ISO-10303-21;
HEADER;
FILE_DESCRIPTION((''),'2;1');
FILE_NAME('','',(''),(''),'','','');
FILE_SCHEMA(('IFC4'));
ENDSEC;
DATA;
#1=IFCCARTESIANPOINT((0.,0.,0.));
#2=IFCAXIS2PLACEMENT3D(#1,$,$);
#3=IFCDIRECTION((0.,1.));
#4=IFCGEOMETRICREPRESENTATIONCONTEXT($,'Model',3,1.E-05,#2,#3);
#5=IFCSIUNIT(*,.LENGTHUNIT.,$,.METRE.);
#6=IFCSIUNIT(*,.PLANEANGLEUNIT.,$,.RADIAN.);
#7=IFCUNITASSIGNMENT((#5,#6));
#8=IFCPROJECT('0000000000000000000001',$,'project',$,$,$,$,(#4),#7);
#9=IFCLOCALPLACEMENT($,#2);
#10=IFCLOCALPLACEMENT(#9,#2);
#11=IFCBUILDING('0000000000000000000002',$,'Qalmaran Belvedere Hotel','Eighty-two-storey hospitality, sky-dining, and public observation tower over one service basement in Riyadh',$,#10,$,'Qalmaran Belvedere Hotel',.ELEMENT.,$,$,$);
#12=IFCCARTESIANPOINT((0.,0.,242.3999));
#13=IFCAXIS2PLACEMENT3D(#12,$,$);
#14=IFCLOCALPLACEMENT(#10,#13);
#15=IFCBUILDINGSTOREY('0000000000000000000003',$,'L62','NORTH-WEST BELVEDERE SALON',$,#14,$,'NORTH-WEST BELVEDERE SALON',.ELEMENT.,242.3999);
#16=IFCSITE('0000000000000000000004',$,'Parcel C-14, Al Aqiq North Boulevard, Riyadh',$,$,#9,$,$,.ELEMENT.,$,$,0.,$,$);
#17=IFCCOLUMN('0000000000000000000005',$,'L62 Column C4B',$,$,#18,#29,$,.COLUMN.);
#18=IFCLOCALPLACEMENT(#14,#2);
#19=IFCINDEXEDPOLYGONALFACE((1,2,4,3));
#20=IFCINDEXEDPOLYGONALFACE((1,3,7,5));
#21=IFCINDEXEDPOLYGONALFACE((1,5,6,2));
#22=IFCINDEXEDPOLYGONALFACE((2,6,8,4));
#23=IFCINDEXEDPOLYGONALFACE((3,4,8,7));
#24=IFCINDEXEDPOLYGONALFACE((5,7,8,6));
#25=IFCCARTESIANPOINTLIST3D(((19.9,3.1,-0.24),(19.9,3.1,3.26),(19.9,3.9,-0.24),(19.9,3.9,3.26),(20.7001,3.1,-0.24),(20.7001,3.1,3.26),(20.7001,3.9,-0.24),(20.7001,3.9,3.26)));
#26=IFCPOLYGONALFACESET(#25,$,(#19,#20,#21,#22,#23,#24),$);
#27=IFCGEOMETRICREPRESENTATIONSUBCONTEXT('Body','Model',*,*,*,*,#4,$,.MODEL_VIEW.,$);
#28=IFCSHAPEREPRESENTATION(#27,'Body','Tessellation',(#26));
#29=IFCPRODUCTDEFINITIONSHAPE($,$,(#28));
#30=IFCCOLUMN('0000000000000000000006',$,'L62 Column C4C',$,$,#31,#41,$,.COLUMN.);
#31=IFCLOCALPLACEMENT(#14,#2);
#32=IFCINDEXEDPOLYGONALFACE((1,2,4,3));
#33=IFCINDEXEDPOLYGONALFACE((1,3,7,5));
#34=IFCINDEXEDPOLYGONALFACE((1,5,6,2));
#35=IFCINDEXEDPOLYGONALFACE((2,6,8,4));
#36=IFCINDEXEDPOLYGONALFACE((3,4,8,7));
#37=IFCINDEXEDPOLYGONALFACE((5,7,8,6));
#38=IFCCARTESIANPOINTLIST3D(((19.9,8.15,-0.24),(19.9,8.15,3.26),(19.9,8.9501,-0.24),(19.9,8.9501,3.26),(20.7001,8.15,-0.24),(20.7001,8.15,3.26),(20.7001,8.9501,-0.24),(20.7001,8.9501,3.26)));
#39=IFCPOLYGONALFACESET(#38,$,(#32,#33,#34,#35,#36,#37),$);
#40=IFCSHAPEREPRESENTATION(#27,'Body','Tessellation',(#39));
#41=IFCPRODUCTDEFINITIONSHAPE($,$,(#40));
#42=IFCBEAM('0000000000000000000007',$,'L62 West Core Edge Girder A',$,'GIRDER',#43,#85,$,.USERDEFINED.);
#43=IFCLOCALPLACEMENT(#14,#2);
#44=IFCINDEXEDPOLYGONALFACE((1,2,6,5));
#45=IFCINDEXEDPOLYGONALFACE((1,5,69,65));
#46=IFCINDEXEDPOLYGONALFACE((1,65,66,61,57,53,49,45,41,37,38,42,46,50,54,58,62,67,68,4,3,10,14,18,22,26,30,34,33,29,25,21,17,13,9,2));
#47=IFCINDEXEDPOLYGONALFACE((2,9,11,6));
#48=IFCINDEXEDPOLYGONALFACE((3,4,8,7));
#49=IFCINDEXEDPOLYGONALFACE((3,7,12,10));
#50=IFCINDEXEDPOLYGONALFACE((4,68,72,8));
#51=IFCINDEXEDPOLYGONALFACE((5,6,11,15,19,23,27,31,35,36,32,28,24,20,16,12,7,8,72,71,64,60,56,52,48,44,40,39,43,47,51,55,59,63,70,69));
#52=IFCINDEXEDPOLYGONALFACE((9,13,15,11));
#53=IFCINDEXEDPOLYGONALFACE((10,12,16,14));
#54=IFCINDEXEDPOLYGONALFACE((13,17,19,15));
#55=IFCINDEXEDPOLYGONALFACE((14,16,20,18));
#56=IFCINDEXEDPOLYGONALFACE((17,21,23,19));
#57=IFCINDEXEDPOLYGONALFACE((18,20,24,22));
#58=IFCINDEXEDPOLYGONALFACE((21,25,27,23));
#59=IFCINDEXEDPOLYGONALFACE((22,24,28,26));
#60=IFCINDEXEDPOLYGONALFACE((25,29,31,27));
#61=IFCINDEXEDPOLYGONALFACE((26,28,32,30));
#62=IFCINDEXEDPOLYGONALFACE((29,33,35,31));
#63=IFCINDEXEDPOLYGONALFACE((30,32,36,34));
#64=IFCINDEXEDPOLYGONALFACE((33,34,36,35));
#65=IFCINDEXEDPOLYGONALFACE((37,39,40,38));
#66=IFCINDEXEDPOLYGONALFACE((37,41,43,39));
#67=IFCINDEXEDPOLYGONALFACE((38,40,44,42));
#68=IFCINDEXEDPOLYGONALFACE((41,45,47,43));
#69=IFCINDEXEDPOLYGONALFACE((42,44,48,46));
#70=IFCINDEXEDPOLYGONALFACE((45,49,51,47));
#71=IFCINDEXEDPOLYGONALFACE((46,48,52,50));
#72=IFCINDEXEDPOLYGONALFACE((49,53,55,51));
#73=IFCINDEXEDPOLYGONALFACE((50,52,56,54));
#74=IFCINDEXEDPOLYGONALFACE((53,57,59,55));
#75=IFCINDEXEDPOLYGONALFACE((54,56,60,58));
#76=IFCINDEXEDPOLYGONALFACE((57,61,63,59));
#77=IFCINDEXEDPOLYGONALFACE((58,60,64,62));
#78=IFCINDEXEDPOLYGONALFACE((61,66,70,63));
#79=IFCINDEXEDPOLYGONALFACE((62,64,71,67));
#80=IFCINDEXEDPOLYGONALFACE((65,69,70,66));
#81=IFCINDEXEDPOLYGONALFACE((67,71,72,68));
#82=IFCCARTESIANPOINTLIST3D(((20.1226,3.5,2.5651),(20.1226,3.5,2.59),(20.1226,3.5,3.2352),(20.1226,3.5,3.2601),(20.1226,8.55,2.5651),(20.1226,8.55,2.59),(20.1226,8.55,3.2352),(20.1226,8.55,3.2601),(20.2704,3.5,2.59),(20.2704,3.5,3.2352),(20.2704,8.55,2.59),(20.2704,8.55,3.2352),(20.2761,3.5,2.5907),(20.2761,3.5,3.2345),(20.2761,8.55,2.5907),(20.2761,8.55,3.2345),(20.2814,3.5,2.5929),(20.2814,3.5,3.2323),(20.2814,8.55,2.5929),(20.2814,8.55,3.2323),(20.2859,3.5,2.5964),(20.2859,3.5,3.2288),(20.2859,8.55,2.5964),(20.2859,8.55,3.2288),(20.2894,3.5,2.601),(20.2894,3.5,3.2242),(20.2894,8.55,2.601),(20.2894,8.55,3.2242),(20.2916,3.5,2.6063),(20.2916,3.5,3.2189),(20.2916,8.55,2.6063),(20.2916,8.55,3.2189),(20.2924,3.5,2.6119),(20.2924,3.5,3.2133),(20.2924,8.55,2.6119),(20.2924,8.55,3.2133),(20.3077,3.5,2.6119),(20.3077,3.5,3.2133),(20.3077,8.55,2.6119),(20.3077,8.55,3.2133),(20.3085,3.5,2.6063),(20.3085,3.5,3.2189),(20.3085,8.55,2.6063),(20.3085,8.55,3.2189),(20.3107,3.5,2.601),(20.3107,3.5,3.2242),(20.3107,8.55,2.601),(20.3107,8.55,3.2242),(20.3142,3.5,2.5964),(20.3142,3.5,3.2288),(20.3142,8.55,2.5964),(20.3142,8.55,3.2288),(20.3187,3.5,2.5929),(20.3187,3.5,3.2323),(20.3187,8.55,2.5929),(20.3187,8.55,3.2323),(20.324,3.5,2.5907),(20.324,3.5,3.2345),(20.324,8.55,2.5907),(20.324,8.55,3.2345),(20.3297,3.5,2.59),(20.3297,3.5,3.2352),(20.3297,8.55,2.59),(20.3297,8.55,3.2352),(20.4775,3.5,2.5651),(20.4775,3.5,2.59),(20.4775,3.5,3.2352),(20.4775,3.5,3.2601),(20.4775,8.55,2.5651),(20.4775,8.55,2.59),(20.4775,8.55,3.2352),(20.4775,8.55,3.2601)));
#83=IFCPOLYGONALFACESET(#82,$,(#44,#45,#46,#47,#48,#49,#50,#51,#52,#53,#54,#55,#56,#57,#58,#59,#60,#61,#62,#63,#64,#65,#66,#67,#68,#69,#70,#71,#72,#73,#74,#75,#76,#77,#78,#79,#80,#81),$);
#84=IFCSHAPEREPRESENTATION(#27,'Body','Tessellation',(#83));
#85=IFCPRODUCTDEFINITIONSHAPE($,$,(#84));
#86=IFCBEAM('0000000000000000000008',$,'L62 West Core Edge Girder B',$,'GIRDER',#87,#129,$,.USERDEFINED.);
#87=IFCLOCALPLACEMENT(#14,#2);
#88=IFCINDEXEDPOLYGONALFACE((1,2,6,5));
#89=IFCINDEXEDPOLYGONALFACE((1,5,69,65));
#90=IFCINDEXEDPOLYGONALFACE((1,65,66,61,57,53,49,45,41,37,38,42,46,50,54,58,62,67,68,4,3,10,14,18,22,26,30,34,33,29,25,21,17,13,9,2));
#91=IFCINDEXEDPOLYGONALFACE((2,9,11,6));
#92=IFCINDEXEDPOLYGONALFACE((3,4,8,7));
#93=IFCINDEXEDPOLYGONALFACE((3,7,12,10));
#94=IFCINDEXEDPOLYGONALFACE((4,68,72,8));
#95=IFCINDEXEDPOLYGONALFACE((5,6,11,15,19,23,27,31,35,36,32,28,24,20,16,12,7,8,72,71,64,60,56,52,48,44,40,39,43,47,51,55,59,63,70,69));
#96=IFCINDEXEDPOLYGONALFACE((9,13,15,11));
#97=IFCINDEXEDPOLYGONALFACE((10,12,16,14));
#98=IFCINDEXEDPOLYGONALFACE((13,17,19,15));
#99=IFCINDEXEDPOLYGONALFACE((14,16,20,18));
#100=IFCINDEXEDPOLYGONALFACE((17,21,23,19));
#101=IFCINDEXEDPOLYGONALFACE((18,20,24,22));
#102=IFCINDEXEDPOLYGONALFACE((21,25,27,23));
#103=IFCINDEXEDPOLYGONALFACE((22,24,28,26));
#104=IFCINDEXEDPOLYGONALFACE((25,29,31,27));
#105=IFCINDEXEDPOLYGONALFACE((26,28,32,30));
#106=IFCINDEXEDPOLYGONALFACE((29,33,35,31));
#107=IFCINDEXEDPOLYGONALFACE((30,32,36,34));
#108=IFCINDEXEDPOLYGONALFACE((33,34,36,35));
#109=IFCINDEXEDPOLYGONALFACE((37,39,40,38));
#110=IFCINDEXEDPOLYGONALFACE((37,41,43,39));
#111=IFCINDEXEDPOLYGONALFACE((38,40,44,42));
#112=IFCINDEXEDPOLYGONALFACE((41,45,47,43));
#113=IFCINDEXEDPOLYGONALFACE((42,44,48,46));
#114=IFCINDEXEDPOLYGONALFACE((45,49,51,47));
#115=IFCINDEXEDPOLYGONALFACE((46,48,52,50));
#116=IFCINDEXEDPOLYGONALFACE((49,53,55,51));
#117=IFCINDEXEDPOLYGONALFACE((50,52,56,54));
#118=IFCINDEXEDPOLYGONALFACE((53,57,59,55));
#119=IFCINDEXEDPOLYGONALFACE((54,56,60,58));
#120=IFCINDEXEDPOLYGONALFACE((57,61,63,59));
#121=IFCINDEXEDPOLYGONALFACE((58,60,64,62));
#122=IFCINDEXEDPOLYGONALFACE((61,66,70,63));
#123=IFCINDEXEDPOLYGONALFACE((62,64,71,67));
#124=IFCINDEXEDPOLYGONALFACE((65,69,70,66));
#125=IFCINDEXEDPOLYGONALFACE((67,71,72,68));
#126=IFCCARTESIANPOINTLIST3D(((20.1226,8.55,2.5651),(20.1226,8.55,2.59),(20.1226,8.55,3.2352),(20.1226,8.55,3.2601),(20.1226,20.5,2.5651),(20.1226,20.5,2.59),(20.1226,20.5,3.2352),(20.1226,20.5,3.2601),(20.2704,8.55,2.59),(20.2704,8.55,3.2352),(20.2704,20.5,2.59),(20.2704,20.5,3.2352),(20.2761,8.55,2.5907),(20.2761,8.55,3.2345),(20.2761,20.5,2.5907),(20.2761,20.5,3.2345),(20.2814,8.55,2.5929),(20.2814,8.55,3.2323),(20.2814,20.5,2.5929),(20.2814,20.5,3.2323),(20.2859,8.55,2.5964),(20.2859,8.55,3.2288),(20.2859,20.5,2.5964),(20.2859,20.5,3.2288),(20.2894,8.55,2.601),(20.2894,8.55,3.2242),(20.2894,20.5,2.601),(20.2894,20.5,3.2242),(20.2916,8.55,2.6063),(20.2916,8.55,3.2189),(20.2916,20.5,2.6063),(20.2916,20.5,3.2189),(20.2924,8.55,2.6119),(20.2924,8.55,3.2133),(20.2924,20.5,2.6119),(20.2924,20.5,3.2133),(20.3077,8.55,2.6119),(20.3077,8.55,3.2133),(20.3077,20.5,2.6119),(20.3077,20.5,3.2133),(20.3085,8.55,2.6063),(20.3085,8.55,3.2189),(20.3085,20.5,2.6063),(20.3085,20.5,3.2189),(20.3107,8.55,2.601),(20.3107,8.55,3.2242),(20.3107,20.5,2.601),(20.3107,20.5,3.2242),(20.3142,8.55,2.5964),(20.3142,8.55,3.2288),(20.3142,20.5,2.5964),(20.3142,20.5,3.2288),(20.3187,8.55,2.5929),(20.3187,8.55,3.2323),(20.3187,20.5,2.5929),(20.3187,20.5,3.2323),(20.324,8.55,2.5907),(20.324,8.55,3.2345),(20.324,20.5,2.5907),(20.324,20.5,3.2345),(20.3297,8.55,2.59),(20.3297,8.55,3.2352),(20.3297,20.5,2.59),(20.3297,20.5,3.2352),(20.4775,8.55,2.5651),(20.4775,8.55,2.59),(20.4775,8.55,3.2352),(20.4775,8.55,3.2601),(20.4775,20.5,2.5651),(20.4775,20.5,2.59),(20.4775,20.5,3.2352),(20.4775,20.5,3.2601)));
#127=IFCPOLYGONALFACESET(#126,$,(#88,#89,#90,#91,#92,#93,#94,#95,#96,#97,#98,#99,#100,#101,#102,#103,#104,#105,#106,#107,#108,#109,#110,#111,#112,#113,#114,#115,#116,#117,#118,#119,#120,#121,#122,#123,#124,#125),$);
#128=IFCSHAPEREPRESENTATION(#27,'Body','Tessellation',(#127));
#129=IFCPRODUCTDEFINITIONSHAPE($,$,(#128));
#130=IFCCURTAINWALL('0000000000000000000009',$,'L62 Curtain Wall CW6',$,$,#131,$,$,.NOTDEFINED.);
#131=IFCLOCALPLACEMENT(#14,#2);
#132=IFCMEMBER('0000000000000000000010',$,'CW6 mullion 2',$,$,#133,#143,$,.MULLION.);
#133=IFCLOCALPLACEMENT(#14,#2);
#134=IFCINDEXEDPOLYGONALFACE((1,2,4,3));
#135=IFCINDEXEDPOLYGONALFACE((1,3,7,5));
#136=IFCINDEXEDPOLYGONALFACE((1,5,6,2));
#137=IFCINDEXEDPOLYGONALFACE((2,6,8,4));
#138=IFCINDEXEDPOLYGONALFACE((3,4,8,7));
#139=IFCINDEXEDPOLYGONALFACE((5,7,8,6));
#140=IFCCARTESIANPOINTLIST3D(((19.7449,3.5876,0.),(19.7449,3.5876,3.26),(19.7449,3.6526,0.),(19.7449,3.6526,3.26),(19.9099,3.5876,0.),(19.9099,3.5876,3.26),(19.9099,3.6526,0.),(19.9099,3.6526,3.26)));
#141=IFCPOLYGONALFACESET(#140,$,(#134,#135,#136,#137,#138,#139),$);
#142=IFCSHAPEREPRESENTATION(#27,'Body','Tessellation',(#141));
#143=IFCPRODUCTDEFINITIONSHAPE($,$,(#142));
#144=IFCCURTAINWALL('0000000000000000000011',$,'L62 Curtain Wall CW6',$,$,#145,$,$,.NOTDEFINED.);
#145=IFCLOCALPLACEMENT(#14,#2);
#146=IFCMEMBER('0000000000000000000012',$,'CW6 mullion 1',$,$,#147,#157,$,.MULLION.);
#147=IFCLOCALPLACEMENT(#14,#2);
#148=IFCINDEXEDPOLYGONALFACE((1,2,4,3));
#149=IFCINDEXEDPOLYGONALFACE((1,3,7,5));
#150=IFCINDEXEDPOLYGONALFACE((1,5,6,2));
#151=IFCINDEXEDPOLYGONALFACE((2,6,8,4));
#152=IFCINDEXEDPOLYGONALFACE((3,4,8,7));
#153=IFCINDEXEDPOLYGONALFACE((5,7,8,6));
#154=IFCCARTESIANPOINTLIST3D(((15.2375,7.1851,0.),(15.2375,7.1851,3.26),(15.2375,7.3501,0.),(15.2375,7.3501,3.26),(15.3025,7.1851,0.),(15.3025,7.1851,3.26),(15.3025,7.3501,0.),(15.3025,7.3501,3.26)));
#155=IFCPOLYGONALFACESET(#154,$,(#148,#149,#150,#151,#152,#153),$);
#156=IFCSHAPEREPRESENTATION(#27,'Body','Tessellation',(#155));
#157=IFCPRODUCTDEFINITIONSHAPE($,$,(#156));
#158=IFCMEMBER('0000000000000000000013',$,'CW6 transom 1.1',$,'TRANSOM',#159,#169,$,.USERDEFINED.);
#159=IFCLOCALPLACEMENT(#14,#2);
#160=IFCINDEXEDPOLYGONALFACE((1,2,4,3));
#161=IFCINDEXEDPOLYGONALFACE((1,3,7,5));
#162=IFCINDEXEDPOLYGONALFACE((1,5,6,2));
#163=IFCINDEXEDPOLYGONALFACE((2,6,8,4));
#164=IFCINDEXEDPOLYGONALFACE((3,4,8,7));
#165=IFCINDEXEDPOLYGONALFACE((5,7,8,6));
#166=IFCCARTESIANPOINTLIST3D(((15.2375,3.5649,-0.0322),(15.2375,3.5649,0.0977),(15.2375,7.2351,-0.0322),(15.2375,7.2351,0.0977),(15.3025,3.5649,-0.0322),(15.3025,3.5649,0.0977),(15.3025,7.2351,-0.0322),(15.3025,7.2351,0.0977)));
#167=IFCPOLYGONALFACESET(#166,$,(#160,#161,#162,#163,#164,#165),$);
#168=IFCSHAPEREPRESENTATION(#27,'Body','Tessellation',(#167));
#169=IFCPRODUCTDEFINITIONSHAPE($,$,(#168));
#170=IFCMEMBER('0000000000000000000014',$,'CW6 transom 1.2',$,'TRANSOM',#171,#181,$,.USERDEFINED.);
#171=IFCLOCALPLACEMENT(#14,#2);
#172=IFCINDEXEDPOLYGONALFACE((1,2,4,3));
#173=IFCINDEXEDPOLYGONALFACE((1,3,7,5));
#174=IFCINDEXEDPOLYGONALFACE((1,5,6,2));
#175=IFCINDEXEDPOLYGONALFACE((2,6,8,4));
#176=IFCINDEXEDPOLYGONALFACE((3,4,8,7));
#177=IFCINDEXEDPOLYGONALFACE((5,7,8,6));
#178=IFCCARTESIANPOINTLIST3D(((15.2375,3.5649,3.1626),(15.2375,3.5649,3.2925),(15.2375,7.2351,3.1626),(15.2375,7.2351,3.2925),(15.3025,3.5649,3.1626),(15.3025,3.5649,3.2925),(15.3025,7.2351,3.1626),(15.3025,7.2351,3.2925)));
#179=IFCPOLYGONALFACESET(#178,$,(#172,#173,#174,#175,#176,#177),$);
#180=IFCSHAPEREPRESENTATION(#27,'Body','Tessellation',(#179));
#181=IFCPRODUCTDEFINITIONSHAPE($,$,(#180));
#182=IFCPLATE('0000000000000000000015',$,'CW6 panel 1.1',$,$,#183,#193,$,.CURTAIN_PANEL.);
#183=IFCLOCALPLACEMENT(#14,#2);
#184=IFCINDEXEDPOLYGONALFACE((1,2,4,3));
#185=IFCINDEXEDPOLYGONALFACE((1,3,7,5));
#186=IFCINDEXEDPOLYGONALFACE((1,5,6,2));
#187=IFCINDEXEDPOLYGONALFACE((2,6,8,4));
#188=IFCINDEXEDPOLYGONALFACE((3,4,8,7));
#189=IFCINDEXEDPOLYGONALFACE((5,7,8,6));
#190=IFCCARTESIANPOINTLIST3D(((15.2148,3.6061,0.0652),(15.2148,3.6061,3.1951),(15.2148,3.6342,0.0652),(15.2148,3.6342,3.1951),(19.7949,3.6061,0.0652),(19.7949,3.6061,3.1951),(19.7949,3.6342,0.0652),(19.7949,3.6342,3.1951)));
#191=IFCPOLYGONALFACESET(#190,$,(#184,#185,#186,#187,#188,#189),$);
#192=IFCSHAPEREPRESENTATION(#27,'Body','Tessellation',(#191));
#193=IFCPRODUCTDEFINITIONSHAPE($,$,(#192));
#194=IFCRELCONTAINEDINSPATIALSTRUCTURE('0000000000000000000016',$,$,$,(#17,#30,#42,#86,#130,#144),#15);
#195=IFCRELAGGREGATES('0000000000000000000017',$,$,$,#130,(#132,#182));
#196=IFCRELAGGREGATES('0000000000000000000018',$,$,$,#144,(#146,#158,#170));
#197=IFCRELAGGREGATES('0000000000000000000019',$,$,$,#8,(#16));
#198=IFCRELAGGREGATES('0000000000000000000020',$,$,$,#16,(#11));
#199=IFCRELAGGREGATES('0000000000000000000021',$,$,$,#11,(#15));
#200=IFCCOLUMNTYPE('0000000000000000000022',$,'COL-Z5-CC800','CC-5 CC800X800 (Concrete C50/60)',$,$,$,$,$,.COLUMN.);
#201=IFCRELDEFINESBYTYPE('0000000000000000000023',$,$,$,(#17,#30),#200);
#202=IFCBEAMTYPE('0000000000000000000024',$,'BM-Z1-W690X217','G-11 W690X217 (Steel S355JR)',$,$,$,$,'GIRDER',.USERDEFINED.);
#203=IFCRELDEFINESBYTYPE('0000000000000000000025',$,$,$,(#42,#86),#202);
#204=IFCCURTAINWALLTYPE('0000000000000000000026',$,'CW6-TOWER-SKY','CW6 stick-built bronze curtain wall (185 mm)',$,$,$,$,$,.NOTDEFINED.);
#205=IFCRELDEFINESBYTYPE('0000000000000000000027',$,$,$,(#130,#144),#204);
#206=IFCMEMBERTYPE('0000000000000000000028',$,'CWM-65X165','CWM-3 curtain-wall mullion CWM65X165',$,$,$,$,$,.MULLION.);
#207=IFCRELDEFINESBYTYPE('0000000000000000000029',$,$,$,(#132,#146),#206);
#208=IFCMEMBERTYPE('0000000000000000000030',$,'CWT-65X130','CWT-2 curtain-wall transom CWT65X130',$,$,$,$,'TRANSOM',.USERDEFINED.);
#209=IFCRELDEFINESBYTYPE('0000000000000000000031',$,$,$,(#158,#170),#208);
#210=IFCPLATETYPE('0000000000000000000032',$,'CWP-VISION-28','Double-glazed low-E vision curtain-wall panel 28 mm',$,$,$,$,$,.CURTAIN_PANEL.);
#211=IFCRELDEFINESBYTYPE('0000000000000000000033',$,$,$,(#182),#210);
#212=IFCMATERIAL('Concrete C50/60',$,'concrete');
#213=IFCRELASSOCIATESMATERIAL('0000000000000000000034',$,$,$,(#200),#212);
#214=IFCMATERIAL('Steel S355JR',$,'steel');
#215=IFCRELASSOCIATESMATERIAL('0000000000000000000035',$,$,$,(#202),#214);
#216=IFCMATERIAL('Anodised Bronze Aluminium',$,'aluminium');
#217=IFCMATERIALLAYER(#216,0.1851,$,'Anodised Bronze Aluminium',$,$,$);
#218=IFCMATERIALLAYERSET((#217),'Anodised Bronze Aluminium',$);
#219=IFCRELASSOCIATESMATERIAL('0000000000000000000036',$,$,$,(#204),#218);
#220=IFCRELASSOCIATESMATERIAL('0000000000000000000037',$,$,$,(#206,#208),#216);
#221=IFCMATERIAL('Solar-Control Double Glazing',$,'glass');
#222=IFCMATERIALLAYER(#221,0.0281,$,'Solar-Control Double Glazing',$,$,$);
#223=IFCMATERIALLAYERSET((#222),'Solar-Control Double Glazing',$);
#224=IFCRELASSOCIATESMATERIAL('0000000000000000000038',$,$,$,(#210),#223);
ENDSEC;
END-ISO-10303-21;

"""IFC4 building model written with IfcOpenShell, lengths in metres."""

from ifc_helpers import new_model, si_unit, direction, frame, origin, origin_2d, place, context, subcontext, project, spatial, rectangle, i_section, extrude, material, layer, layer_set, material_profile, profile_set, type_object, element, aggregate, save


model = new_model("IFC4")

# Units and contexts
model_context = context("Model", 3, precision=1e-05, world=origin(), true_north=direction((0.0, 1.0)))
body_context = subcontext(model_context, "Body", "Model", "MODEL_VIEW")
ifc_project = project(units=[si_unit("LENGTHUNIT", "METRE"), si_unit("PLANEANGLEUNIT", "RADIAN")], contexts=[model_context])

# Site, building, storey
site_placement = place(None, origin())
site = spatial("IfcSite", under=ifc_project, at=site_placement, Name="Parcel C-14, Al Aqiq North Boulevard, Riyadh", CompositionType="ELEMENT", RefElevation=0.0)
building_placement = place(site_placement, origin())
building = spatial("IfcBuilding", under=site, at=building_placement, Name="Qalmaran Belvedere Hotel", Description="Eighty-two-storey hospitality, sky-dining, and public observation tower over one service basement in Riyadh", LongName="Qalmaran Belvedere Hotel", CompositionType="ELEMENT")
storey_placement = place(building_placement, frame((0.0, 0.0, 242.3999)))
storey = spatial("IfcBuildingStorey", under=building, at=storey_placement, Name="L62", Description="NORTH-WEST BELVEDERE SALON", LongName="NORTH-WEST BELVEDERE SALON", CompositionType="ELEMENT", Elevation=242.3999)

# Columns
ifc_material_1 = material(Name="Concrete C50/60", Category="concrete")
ifc_material_profile_1 = material_profile(ifc_material_1, rectangle(XDim=0.8, YDim=0.8, at=origin_2d()), Name="CC800X800")
ifc_profile_set_1 = profile_set([ifc_material_profile_1], Name="Concrete C50/60")
column_type = type_object("IfcColumnType", Name="COL-Z5-CC800", Description="CC-5 CC800X800 (Concrete C50/60)", PredefinedType="COLUMN", material=ifc_profile_set_1)
for number, where, z_axis, x_axis, name in (
    (1, (20.3, 3.5, -0.24), (0.0, 0.0, 1.0), (1.0, 0.0, 0.0), "L62 Column C4B"),
    (2, (20.3, 8.55, -0.24), (0.0, 0.0, 1.0), (1.0, 0.0, 0.0), "L62 Column C4C"),
):
    element("IfcColumn", number, at=place(storey_placement, frame(where, z_axis=z_axis, x_axis=x_axis)), inside=storey, type_object=column_type, Name=name, PredefinedType="COLUMN", context=body_context, shape_type="SweptSolid", body=[
        extrude(rectangle(XDim=0.8, YDim=0.8, at=origin_2d()), origin(), (0.0, 0.0, 1.0), 3.5),
    ])

# Beams
ifc_material_2 = material(Name="Steel S355JR", Category="steel")
ifc_material_profile_2 = material_profile(ifc_material_2, i_section(OverallWidth=0.355, OverallDepth=0.6951, WebThickness=0.0154, FlangeThickness=0.0249, FilletRadius=0.022, at=origin_2d()), Name="W690X217")
ifc_profile_set_2 = profile_set([ifc_material_profile_2], Name="Steel S355JR")
beam_type = type_object("IfcBeamType", Name="BM-Z1-W690X217", Description="G-11 W690X217 (Steel S355JR)", ElementType="GIRDER", PredefinedType="USERDEFINED", material=ifc_profile_set_2)
beam_1_placement = place(storey_placement, frame((20.3, 3.5, 2.9126), z_axis=(0.0, 1.0, 0.0), x_axis=(-1.0, 0.0, 0.0)))
element("IfcBeam", 3, at=beam_1_placement, inside=storey, type_object=beam_type, Name="L62 West Core Edge Girder A", ObjectType="GIRDER", PredefinedType="USERDEFINED", context=body_context, shape_type="SweptSolid", body=[
    extrude(i_section(OverallWidth=0.355, OverallDepth=0.6951, WebThickness=0.0154, FlangeThickness=0.0249, FilletRadius=0.022, at=origin_2d()), origin(), (0.0, 0.0, 1.0), 5.05),
])
beam_2_placement = place(storey_placement, frame((20.3, 8.55, 2.9126), z_axis=(0.0, 1.0, 0.0), x_axis=(-1.0, 0.0, 0.0)))
element("IfcBeam", 4, at=beam_2_placement, inside=storey, type_object=beam_type, Name="L62 West Core Edge Girder B", ObjectType="GIRDER", PredefinedType="USERDEFINED", context=body_context, shape_type="SweptSolid", body=[
    extrude(i_section(OverallWidth=0.355, OverallDepth=0.6951, WebThickness=0.0154, FlangeThickness=0.0249, FilletRadius=0.022, at=origin_2d()), origin(), (0.0, 0.0, 1.0), 11.95),
])

# Curtain wall, member
ifc_material_3 = material(Name="Anodised Bronze Aluminium", Category="aluminium")
ifc_layer_1 = layer(ifc_material_3, 0.1851, Name="Anodised Bronze Aluminium")
ifc_layer_set_1 = layer_set([ifc_layer_1], Name="Anodised Bronze Aluminium")
curtain_wall_type = type_object("IfcCurtainWallType", Name="CW6-TOWER-SKY", Description="CW6 stick-built bronze curtain wall (185 mm)", PredefinedType="NOTDEFINED", material=ifc_layer_set_1)
curtain_wall_1_placement = place(storey_placement, origin())
curtain_wall_1 = element("IfcCurtainWall", 5, at=curtain_wall_1_placement, inside=storey, type_object=curtain_wall_type, Name="L62 Curtain Wall CW6", PredefinedType="NOTDEFINED")
ifc_material_profile_3 = material_profile(ifc_material_3, rectangle(XDim=0.0649, YDim=0.165, at=origin_2d()), Name="CWM65X165")
ifc_profile_set_3 = profile_set([ifc_material_profile_3], Name="Anodised Bronze Aluminium")
member_type_1 = type_object("IfcMemberType", Name="CWM-65X165", Description="CWM-3 curtain-wall mullion CWM65X165", PredefinedType="MULLION", material=ifc_profile_set_3)
member_1_placement = place(storey_placement, frame((19.8274, 3.6201, 0.0), z_axis=(0.0, 0.0, 1.0), x_axis=(0.0, 1.0, 0.0)))
member_1 = element("IfcMember", 6, at=member_1_placement, type_object=member_type_1, Name="CW6 mullion 2", PredefinedType="MULLION", context=body_context, shape_type="SweptSolid", body=[
    extrude(rectangle(XDim=0.0649, YDim=0.165, at=origin_2d()), origin(), (0.0, 0.0, 1.0), 3.26),
])

# Curtain wall, members
curtain_wall_2_placement = place(storey_placement, origin())
curtain_wall_2 = element("IfcCurtainWall", 7, at=curtain_wall_2_placement, inside=storey, type_object=curtain_wall_type, Name="L62 Curtain Wall CW6", PredefinedType="NOTDEFINED")
member_2_placement = place(storey_placement, frame((15.27, 7.2676, 0.0), z_axis=(0.0, 0.0, 1.0), x_axis=(1.0, 0.0, 0.0)))
member_2 = element("IfcMember", 8, at=member_2_placement, type_object=member_type_1, Name="CW6 mullion 1", PredefinedType="MULLION", context=body_context, shape_type="SweptSolid", body=[
    extrude(rectangle(XDim=0.0649, YDim=0.165, at=origin_2d()), origin(), (0.0, 0.0, 1.0), 3.26),
])
ifc_material_profile_4 = material_profile(ifc_material_3, rectangle(XDim=0.0649, YDim=0.1299, at=origin_2d()), Name="CWT65X130")
ifc_profile_set_4 = profile_set([ifc_material_profile_4], Name="Anodised Bronze Aluminium")
member_type_2 = type_object("IfcMemberType", Name="CWT-65X130", Description="CWT-2 curtain-wall transom CWT65X130", ElementType="TRANSOM", PredefinedType="USERDEFINED", material=ifc_profile_set_4)
member_3_placement = place(storey_placement, frame((15.27, 7.2351, 0.0327), z_axis=(0.0, -1.0, 0.0), x_axis=(1.0, 0.0, 0.0)))
member_3 = element("IfcMember", 9, at=member_3_placement, type_object=member_type_2, Name="CW6 transom 1.1", ObjectType="TRANSOM", PredefinedType="USERDEFINED", context=body_context, shape_type="SweptSolid", body=[
    extrude(rectangle(XDim=0.0649, YDim=0.1299, at=origin_2d()), origin(), (0.0, 0.0, 1.0), 3.6702),
])
member_4_placement = place(storey_placement, frame((15.27, 7.2351, 3.2275), z_axis=(0.0, -1.0, 0.0), x_axis=(1.0, 0.0, 0.0)))
member_4 = element("IfcMember", 10, at=member_4_placement, type_object=member_type_2, Name="CW6 transom 1.2", ObjectType="TRANSOM", PredefinedType="USERDEFINED", context=body_context, shape_type="SweptSolid", body=[
    extrude(rectangle(XDim=0.0649, YDim=0.1299, at=origin_2d()), origin(), (0.0, 0.0, 1.0), 3.6702),
])

# Plate
ifc_material_4 = material(Name="Solar-Control Double Glazing", Category="glass")
ifc_layer_2 = layer(ifc_material_4, 0.0281, Name="Solar-Control Double Glazing")
ifc_layer_set_2 = layer_set([ifc_layer_2], Name="Solar-Control Double Glazing")
plate_type = type_object("IfcPlateType", Name="CWP-VISION-28", Description="Double-glazed low-E vision curtain-wall panel 28 mm", PredefinedType="CURTAIN_PANEL", material=ifc_layer_set_2)
plate_1_placement = place(storey_placement, frame((17.5049, 3.6201, 0.0652), z_axis=(0.0, 0.0, 1.0), x_axis=(1.0, 0.0, 0.0)))
plate_1 = element("IfcPlate", 11, at=plate_1_placement, type_object=plate_type, Name="CW6 panel 1.1", PredefinedType="CURTAIN_PANEL", context=body_context, shape_type="SweptSolid", body=[
    extrude(rectangle(XDim=4.5801, YDim=0.0281, at=origin_2d()), origin(), (0.0, 0.0, 1.0), 3.1299),
])
aggregate(curtain_wall_1, [member_1, plate_1])
aggregate(curtain_wall_2, [member_2, member_3, member_4])

save(model, "model.ifc")
